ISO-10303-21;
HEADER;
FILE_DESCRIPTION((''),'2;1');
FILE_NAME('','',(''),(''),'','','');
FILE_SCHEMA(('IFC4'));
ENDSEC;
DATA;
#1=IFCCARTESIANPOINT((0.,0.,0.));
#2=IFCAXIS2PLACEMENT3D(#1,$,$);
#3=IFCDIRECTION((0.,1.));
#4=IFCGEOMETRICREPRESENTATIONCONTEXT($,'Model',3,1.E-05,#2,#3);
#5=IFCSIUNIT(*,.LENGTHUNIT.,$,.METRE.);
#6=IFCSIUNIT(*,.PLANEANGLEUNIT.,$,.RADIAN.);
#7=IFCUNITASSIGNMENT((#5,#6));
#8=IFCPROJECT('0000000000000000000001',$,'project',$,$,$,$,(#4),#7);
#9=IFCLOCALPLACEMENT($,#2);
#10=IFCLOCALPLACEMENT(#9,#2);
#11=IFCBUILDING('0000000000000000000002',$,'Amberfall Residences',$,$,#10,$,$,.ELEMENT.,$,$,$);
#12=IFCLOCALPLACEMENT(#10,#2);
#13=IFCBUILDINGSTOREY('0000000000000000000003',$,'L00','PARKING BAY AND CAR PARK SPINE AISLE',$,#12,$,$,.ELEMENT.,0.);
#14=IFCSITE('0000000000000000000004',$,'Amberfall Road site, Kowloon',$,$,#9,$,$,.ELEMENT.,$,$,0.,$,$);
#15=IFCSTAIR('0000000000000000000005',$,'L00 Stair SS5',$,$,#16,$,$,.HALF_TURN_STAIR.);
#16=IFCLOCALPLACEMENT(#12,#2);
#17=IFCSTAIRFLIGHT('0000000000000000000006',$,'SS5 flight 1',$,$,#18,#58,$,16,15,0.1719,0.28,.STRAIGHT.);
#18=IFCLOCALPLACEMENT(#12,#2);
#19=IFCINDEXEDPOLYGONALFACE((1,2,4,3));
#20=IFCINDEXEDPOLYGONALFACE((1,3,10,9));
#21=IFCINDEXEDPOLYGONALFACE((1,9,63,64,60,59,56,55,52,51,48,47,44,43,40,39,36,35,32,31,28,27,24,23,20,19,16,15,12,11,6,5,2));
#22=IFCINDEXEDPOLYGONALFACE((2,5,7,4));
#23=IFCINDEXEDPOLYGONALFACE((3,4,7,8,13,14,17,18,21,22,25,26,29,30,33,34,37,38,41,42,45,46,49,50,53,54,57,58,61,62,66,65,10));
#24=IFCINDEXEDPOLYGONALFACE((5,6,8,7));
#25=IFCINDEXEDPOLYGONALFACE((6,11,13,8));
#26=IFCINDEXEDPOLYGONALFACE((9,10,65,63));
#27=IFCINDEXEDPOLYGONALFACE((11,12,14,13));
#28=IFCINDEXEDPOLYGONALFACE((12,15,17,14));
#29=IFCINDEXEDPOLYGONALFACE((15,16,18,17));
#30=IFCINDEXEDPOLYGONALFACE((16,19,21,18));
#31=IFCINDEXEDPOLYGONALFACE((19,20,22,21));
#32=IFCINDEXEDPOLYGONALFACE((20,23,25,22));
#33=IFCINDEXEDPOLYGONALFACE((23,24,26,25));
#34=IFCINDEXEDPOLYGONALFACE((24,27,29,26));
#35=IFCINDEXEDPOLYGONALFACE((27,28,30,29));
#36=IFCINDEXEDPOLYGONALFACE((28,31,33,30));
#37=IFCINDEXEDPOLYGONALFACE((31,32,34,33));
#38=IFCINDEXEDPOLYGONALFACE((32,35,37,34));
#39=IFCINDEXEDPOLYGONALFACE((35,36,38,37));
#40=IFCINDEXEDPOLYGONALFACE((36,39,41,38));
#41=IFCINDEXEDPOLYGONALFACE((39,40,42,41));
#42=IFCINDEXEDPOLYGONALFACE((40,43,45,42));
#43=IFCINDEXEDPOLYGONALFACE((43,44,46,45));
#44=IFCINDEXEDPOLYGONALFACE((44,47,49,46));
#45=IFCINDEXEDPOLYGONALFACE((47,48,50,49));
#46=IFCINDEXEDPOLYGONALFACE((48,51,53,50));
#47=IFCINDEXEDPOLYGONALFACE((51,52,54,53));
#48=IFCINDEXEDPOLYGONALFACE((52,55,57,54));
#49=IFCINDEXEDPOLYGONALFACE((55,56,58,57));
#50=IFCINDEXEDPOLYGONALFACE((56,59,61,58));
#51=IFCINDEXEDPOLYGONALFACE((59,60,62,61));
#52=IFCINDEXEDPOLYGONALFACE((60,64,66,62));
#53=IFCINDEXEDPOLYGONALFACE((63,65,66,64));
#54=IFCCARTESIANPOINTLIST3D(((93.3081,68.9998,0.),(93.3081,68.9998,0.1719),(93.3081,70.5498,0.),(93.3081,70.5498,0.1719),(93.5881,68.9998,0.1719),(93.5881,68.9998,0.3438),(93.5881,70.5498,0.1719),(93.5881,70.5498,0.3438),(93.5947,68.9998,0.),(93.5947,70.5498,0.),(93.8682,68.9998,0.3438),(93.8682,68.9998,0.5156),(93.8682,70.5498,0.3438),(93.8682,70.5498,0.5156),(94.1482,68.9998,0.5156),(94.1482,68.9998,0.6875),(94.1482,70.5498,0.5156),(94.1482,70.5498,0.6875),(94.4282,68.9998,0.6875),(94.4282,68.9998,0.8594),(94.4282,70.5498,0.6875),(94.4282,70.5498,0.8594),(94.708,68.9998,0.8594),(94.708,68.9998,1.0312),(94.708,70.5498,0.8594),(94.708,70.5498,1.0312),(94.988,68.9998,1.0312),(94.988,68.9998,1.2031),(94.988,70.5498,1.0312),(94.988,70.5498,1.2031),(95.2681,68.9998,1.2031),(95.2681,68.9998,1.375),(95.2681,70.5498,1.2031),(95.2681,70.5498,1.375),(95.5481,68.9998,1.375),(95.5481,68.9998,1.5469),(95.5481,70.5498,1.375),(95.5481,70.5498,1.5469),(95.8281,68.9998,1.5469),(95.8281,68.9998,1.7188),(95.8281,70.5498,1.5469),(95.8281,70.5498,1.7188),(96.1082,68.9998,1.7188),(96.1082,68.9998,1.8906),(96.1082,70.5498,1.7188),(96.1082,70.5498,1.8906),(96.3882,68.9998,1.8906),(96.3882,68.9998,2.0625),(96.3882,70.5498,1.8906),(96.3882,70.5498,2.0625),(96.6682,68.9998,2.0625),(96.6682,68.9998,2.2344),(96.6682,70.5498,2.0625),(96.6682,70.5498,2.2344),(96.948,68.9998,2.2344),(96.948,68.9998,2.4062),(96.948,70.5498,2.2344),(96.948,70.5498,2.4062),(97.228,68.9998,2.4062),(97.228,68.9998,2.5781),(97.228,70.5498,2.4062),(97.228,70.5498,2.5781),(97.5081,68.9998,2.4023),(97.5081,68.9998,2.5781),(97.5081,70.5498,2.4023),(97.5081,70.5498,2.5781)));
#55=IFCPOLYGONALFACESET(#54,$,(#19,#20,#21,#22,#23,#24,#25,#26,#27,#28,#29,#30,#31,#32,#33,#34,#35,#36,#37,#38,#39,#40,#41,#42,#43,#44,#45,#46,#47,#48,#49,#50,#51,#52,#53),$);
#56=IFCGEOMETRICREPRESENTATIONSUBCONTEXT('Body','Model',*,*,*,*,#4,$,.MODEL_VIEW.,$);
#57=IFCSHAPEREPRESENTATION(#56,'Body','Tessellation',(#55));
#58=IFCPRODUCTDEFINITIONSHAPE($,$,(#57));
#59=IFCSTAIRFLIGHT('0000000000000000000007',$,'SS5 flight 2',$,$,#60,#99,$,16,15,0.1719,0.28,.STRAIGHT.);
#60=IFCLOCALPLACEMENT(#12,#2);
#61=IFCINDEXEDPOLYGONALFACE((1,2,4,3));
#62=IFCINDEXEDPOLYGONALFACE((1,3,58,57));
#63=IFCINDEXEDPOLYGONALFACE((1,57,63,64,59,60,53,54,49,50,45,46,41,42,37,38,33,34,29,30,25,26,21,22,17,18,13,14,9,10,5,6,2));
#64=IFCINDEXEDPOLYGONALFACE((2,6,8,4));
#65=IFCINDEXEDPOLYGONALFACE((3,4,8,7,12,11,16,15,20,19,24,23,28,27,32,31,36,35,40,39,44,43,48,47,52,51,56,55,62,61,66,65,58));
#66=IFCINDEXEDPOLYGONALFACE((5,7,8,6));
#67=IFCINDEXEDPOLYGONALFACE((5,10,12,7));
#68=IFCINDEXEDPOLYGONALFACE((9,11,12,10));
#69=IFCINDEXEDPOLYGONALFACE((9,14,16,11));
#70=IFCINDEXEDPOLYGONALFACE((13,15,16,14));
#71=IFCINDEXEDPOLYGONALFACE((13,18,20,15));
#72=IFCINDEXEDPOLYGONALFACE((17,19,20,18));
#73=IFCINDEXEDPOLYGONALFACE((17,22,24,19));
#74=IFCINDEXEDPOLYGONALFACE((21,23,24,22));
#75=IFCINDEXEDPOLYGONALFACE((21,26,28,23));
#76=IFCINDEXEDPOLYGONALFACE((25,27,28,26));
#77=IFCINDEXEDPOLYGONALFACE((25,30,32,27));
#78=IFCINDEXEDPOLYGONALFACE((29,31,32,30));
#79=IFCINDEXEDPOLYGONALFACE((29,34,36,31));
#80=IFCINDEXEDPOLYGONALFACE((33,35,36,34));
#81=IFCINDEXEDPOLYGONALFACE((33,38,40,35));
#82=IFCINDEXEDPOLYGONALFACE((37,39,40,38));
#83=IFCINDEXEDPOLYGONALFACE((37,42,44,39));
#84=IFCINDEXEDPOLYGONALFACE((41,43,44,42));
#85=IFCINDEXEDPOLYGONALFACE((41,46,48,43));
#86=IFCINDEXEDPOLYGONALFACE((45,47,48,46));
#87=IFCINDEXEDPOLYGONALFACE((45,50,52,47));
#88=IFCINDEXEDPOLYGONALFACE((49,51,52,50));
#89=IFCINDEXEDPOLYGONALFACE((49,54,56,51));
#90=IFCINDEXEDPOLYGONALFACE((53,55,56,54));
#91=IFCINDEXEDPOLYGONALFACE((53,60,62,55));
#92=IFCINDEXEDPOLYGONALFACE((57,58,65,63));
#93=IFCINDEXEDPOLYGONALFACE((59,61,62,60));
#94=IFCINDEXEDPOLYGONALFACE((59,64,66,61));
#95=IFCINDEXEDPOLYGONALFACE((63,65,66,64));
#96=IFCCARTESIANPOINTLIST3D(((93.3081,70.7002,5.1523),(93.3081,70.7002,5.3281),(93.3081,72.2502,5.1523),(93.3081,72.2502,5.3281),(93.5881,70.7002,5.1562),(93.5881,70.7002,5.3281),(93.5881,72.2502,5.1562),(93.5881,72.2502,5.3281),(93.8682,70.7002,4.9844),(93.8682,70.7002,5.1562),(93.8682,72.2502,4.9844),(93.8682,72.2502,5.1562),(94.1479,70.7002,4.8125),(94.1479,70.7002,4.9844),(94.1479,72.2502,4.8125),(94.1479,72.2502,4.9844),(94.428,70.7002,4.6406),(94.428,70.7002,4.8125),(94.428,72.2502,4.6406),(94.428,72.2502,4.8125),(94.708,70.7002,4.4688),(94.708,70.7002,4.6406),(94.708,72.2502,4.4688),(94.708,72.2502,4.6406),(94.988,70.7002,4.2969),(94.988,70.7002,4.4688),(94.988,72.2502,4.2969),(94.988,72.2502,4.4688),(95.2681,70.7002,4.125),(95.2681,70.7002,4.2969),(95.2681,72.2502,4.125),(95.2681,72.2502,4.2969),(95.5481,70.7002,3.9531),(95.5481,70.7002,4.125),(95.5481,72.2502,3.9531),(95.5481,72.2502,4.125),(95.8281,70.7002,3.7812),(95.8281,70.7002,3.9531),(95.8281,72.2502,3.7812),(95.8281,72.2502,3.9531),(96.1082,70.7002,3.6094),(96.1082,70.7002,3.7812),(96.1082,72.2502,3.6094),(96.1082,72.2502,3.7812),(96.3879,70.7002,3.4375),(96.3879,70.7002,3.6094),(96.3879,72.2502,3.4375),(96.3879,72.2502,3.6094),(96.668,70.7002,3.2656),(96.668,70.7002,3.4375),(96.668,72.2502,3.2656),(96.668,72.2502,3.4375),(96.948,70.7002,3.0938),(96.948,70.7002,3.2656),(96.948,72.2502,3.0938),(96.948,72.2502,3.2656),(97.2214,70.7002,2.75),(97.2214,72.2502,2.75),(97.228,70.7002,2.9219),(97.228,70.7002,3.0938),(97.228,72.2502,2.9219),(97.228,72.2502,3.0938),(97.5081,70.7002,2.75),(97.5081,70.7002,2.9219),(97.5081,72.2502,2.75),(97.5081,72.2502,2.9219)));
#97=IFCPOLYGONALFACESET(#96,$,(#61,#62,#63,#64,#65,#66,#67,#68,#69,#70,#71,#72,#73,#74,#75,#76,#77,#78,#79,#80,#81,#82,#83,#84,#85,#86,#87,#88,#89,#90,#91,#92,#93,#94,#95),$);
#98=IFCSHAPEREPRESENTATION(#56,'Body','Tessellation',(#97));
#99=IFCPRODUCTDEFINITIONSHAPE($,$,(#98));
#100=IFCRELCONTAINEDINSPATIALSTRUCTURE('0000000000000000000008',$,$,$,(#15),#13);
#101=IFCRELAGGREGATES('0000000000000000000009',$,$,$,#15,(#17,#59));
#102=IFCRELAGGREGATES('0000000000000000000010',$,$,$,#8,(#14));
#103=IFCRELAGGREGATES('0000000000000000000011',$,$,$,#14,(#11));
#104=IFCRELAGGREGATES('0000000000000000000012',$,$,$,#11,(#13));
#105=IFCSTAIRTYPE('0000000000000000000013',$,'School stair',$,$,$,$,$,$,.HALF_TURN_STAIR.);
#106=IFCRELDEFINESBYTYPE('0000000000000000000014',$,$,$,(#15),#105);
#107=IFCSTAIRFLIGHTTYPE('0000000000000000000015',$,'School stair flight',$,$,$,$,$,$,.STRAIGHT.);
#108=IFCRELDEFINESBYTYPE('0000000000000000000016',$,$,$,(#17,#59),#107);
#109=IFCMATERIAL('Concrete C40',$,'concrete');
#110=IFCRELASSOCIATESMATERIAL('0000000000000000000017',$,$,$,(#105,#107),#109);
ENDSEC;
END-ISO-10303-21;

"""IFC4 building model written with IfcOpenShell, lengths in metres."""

from ifc_helpers import new_model, si_unit, direction, frame, origin, place, context, subcontext, project, spatial, polyline, outline, extrude, material, type_object, element, aggregate, save


model = new_model("IFC4")

# Units and contexts
model_context = context("Model", 3, precision=1e-05, world=origin(), true_north=direction((0.0, 1.0)))
body_context = subcontext(model_context, "Body", "Model", "MODEL_VIEW")
ifc_project = project(units=[si_unit("LENGTHUNIT", "METRE"), si_unit("PLANEANGLEUNIT", "RADIAN")], contexts=[model_context])

# Site, building, storey
site_placement = place(None, origin())
site = spatial("IfcSite", under=ifc_project, at=site_placement, Name="Amberfall Road site, Kowloon", CompositionType="ELEMENT", RefElevation=0.0)
building_placement = place(site_placement, origin())
building = spatial("IfcBuilding", under=site, at=building_placement, Name="Amberfall Residences", CompositionType="ELEMENT")
storey_placement = place(building_placement, origin())
storey = spatial("IfcBuildingStorey", under=building, at=storey_placement, Name="L00", Description="PARKING BAY AND CAR PARK SPINE AISLE", CompositionType="ELEMENT", Elevation=0.0)

# Shared definitions
ifc_material_1 = material(Name="Concrete C40", Category="concrete")

# Stair, stair flights
stair_type = type_object("IfcStairType", Name="School stair", PredefinedType="HALF_TURN_STAIR", material=ifc_material_1)
stair_placement = place(storey_placement, origin())
stair = element("IfcStair", 1, at=stair_placement, inside=storey, type_object=stair_type, Name="L00 Stair SS5", PredefinedType="HALF_TURN_STAIR")
stair_flight_type = type_object("IfcStairFlightType", Name="School stair flight", PredefinedType="STRAIGHT", material=ifc_material_1)
stair_flight_1_placement = place(storey_placement, frame((93.3081, 69.7749, 0.0), z_axis=(0.0, 0.0, 1.0), x_axis=(1.0, 0.0, 0.0)))
stair_flight_1 = element("IfcStairFlight", 2, at=stair_flight_1_placement, type_object=stair_flight_type, Name="SS5 flight 1", NumberOfRisers=16, NumberOfTreads=15, PredefinedType="STRAIGHT", RiserHeight=0.1719, TreadLength=0.28, context=body_context, shape_type="SweptSolid", body=[
    extrude(outline(polyline([(0.0, 0.0), (0.0, 0.1719), (0.28, 0.1719), (0.28, 0.3438), (0.5601, 0.3438), (0.5601, 0.5156), (0.8401, 0.5156), (0.8401, 0.6875), (1.1201, 0.6875), (1.1201, 0.8594), (1.3999, 0.8594), (1.3999, 1.0312), (1.6799, 1.0312), (1.6799, 1.2031), (1.96, 1.2031), (1.96, 1.375), (2.24, 1.375), (2.24, 1.5469), (2.52, 1.5469), (2.52, 1.7188), (2.8, 1.7188), (2.8, 1.8906), (3.0801, 1.8906), (3.0801, 2.0625), (3.3601, 2.0625), (3.3601, 2.2344), (3.6399, 2.2344), (3.6399, 2.4062), (3.9199, 2.4062), (3.9199, 2.5781), (4.2, 2.5781), (4.2, 2.75), (4.2, 2.4023), (0.2866, 0.0), (0.0, 0.0)])), frame((0.0, 0.7749, 0.0), z_axis=(0.0, -1.0, 0.0), x_axis=(1.0, 0.0, 0.0)), (0.0, 0.0, 1.0), 1.55),
])
stair_flight_2_placement = place(storey_placement, frame((97.5081, 71.4751, 2.75), z_axis=(0.0, 0.0, 1.0), x_axis=(-1.0, 0.0, 0.0)))
stair_flight_2 = element("IfcStairFlight", 3, at=stair_flight_2_placement, type_object=stair_flight_type, Name="SS5 flight 2", NumberOfRisers=16, NumberOfTreads=15, PredefinedType="STRAIGHT", RiserHeight=0.1719, TreadLength=0.28, context=body_context, shape_type="SweptSolid", body=[
    extrude(outline(polyline([(0.0, 0.0), (0.0, 0.1719), (0.28, 0.1719), (0.28, 0.3438), (0.5601, 0.3438), (0.5601, 0.5156), (0.8401, 0.5156), (0.8401, 0.6875), (1.1201, 0.6875), (1.1201, 0.8594), (1.3999, 0.8594), (1.3999, 1.0312), (1.6799, 1.0312), (1.6799, 1.2031), (1.96, 1.2031), (1.96, 1.375), (2.24, 1.375), (2.24, 1.5469), (2.52, 1.5469), (2.52, 1.7188), (2.8, 1.7188), (2.8, 1.8906), (3.0801, 1.8906), (3.0801, 2.0625), (3.3601, 2.0625), (3.3601, 2.2344), (3.6399, 2.2344), (3.6399, 2.4062), (3.9199, 2.4062), (3.9199, 2.5781), (4.2, 2.5781), (4.2, 2.75), (4.2, 2.4023), (0.2866, 0.0), (0.0, 0.0)])), frame((0.0, 0.7749, 0.0), z_axis=(0.0, -1.0, 0.0), x_axis=(1.0, 0.0, 0.0)), (0.0, 0.0, 1.0), 1.55),
])
aggregate(stair, [stair_flight_1, stair_flight_2])

save(model, "model.ifc")
